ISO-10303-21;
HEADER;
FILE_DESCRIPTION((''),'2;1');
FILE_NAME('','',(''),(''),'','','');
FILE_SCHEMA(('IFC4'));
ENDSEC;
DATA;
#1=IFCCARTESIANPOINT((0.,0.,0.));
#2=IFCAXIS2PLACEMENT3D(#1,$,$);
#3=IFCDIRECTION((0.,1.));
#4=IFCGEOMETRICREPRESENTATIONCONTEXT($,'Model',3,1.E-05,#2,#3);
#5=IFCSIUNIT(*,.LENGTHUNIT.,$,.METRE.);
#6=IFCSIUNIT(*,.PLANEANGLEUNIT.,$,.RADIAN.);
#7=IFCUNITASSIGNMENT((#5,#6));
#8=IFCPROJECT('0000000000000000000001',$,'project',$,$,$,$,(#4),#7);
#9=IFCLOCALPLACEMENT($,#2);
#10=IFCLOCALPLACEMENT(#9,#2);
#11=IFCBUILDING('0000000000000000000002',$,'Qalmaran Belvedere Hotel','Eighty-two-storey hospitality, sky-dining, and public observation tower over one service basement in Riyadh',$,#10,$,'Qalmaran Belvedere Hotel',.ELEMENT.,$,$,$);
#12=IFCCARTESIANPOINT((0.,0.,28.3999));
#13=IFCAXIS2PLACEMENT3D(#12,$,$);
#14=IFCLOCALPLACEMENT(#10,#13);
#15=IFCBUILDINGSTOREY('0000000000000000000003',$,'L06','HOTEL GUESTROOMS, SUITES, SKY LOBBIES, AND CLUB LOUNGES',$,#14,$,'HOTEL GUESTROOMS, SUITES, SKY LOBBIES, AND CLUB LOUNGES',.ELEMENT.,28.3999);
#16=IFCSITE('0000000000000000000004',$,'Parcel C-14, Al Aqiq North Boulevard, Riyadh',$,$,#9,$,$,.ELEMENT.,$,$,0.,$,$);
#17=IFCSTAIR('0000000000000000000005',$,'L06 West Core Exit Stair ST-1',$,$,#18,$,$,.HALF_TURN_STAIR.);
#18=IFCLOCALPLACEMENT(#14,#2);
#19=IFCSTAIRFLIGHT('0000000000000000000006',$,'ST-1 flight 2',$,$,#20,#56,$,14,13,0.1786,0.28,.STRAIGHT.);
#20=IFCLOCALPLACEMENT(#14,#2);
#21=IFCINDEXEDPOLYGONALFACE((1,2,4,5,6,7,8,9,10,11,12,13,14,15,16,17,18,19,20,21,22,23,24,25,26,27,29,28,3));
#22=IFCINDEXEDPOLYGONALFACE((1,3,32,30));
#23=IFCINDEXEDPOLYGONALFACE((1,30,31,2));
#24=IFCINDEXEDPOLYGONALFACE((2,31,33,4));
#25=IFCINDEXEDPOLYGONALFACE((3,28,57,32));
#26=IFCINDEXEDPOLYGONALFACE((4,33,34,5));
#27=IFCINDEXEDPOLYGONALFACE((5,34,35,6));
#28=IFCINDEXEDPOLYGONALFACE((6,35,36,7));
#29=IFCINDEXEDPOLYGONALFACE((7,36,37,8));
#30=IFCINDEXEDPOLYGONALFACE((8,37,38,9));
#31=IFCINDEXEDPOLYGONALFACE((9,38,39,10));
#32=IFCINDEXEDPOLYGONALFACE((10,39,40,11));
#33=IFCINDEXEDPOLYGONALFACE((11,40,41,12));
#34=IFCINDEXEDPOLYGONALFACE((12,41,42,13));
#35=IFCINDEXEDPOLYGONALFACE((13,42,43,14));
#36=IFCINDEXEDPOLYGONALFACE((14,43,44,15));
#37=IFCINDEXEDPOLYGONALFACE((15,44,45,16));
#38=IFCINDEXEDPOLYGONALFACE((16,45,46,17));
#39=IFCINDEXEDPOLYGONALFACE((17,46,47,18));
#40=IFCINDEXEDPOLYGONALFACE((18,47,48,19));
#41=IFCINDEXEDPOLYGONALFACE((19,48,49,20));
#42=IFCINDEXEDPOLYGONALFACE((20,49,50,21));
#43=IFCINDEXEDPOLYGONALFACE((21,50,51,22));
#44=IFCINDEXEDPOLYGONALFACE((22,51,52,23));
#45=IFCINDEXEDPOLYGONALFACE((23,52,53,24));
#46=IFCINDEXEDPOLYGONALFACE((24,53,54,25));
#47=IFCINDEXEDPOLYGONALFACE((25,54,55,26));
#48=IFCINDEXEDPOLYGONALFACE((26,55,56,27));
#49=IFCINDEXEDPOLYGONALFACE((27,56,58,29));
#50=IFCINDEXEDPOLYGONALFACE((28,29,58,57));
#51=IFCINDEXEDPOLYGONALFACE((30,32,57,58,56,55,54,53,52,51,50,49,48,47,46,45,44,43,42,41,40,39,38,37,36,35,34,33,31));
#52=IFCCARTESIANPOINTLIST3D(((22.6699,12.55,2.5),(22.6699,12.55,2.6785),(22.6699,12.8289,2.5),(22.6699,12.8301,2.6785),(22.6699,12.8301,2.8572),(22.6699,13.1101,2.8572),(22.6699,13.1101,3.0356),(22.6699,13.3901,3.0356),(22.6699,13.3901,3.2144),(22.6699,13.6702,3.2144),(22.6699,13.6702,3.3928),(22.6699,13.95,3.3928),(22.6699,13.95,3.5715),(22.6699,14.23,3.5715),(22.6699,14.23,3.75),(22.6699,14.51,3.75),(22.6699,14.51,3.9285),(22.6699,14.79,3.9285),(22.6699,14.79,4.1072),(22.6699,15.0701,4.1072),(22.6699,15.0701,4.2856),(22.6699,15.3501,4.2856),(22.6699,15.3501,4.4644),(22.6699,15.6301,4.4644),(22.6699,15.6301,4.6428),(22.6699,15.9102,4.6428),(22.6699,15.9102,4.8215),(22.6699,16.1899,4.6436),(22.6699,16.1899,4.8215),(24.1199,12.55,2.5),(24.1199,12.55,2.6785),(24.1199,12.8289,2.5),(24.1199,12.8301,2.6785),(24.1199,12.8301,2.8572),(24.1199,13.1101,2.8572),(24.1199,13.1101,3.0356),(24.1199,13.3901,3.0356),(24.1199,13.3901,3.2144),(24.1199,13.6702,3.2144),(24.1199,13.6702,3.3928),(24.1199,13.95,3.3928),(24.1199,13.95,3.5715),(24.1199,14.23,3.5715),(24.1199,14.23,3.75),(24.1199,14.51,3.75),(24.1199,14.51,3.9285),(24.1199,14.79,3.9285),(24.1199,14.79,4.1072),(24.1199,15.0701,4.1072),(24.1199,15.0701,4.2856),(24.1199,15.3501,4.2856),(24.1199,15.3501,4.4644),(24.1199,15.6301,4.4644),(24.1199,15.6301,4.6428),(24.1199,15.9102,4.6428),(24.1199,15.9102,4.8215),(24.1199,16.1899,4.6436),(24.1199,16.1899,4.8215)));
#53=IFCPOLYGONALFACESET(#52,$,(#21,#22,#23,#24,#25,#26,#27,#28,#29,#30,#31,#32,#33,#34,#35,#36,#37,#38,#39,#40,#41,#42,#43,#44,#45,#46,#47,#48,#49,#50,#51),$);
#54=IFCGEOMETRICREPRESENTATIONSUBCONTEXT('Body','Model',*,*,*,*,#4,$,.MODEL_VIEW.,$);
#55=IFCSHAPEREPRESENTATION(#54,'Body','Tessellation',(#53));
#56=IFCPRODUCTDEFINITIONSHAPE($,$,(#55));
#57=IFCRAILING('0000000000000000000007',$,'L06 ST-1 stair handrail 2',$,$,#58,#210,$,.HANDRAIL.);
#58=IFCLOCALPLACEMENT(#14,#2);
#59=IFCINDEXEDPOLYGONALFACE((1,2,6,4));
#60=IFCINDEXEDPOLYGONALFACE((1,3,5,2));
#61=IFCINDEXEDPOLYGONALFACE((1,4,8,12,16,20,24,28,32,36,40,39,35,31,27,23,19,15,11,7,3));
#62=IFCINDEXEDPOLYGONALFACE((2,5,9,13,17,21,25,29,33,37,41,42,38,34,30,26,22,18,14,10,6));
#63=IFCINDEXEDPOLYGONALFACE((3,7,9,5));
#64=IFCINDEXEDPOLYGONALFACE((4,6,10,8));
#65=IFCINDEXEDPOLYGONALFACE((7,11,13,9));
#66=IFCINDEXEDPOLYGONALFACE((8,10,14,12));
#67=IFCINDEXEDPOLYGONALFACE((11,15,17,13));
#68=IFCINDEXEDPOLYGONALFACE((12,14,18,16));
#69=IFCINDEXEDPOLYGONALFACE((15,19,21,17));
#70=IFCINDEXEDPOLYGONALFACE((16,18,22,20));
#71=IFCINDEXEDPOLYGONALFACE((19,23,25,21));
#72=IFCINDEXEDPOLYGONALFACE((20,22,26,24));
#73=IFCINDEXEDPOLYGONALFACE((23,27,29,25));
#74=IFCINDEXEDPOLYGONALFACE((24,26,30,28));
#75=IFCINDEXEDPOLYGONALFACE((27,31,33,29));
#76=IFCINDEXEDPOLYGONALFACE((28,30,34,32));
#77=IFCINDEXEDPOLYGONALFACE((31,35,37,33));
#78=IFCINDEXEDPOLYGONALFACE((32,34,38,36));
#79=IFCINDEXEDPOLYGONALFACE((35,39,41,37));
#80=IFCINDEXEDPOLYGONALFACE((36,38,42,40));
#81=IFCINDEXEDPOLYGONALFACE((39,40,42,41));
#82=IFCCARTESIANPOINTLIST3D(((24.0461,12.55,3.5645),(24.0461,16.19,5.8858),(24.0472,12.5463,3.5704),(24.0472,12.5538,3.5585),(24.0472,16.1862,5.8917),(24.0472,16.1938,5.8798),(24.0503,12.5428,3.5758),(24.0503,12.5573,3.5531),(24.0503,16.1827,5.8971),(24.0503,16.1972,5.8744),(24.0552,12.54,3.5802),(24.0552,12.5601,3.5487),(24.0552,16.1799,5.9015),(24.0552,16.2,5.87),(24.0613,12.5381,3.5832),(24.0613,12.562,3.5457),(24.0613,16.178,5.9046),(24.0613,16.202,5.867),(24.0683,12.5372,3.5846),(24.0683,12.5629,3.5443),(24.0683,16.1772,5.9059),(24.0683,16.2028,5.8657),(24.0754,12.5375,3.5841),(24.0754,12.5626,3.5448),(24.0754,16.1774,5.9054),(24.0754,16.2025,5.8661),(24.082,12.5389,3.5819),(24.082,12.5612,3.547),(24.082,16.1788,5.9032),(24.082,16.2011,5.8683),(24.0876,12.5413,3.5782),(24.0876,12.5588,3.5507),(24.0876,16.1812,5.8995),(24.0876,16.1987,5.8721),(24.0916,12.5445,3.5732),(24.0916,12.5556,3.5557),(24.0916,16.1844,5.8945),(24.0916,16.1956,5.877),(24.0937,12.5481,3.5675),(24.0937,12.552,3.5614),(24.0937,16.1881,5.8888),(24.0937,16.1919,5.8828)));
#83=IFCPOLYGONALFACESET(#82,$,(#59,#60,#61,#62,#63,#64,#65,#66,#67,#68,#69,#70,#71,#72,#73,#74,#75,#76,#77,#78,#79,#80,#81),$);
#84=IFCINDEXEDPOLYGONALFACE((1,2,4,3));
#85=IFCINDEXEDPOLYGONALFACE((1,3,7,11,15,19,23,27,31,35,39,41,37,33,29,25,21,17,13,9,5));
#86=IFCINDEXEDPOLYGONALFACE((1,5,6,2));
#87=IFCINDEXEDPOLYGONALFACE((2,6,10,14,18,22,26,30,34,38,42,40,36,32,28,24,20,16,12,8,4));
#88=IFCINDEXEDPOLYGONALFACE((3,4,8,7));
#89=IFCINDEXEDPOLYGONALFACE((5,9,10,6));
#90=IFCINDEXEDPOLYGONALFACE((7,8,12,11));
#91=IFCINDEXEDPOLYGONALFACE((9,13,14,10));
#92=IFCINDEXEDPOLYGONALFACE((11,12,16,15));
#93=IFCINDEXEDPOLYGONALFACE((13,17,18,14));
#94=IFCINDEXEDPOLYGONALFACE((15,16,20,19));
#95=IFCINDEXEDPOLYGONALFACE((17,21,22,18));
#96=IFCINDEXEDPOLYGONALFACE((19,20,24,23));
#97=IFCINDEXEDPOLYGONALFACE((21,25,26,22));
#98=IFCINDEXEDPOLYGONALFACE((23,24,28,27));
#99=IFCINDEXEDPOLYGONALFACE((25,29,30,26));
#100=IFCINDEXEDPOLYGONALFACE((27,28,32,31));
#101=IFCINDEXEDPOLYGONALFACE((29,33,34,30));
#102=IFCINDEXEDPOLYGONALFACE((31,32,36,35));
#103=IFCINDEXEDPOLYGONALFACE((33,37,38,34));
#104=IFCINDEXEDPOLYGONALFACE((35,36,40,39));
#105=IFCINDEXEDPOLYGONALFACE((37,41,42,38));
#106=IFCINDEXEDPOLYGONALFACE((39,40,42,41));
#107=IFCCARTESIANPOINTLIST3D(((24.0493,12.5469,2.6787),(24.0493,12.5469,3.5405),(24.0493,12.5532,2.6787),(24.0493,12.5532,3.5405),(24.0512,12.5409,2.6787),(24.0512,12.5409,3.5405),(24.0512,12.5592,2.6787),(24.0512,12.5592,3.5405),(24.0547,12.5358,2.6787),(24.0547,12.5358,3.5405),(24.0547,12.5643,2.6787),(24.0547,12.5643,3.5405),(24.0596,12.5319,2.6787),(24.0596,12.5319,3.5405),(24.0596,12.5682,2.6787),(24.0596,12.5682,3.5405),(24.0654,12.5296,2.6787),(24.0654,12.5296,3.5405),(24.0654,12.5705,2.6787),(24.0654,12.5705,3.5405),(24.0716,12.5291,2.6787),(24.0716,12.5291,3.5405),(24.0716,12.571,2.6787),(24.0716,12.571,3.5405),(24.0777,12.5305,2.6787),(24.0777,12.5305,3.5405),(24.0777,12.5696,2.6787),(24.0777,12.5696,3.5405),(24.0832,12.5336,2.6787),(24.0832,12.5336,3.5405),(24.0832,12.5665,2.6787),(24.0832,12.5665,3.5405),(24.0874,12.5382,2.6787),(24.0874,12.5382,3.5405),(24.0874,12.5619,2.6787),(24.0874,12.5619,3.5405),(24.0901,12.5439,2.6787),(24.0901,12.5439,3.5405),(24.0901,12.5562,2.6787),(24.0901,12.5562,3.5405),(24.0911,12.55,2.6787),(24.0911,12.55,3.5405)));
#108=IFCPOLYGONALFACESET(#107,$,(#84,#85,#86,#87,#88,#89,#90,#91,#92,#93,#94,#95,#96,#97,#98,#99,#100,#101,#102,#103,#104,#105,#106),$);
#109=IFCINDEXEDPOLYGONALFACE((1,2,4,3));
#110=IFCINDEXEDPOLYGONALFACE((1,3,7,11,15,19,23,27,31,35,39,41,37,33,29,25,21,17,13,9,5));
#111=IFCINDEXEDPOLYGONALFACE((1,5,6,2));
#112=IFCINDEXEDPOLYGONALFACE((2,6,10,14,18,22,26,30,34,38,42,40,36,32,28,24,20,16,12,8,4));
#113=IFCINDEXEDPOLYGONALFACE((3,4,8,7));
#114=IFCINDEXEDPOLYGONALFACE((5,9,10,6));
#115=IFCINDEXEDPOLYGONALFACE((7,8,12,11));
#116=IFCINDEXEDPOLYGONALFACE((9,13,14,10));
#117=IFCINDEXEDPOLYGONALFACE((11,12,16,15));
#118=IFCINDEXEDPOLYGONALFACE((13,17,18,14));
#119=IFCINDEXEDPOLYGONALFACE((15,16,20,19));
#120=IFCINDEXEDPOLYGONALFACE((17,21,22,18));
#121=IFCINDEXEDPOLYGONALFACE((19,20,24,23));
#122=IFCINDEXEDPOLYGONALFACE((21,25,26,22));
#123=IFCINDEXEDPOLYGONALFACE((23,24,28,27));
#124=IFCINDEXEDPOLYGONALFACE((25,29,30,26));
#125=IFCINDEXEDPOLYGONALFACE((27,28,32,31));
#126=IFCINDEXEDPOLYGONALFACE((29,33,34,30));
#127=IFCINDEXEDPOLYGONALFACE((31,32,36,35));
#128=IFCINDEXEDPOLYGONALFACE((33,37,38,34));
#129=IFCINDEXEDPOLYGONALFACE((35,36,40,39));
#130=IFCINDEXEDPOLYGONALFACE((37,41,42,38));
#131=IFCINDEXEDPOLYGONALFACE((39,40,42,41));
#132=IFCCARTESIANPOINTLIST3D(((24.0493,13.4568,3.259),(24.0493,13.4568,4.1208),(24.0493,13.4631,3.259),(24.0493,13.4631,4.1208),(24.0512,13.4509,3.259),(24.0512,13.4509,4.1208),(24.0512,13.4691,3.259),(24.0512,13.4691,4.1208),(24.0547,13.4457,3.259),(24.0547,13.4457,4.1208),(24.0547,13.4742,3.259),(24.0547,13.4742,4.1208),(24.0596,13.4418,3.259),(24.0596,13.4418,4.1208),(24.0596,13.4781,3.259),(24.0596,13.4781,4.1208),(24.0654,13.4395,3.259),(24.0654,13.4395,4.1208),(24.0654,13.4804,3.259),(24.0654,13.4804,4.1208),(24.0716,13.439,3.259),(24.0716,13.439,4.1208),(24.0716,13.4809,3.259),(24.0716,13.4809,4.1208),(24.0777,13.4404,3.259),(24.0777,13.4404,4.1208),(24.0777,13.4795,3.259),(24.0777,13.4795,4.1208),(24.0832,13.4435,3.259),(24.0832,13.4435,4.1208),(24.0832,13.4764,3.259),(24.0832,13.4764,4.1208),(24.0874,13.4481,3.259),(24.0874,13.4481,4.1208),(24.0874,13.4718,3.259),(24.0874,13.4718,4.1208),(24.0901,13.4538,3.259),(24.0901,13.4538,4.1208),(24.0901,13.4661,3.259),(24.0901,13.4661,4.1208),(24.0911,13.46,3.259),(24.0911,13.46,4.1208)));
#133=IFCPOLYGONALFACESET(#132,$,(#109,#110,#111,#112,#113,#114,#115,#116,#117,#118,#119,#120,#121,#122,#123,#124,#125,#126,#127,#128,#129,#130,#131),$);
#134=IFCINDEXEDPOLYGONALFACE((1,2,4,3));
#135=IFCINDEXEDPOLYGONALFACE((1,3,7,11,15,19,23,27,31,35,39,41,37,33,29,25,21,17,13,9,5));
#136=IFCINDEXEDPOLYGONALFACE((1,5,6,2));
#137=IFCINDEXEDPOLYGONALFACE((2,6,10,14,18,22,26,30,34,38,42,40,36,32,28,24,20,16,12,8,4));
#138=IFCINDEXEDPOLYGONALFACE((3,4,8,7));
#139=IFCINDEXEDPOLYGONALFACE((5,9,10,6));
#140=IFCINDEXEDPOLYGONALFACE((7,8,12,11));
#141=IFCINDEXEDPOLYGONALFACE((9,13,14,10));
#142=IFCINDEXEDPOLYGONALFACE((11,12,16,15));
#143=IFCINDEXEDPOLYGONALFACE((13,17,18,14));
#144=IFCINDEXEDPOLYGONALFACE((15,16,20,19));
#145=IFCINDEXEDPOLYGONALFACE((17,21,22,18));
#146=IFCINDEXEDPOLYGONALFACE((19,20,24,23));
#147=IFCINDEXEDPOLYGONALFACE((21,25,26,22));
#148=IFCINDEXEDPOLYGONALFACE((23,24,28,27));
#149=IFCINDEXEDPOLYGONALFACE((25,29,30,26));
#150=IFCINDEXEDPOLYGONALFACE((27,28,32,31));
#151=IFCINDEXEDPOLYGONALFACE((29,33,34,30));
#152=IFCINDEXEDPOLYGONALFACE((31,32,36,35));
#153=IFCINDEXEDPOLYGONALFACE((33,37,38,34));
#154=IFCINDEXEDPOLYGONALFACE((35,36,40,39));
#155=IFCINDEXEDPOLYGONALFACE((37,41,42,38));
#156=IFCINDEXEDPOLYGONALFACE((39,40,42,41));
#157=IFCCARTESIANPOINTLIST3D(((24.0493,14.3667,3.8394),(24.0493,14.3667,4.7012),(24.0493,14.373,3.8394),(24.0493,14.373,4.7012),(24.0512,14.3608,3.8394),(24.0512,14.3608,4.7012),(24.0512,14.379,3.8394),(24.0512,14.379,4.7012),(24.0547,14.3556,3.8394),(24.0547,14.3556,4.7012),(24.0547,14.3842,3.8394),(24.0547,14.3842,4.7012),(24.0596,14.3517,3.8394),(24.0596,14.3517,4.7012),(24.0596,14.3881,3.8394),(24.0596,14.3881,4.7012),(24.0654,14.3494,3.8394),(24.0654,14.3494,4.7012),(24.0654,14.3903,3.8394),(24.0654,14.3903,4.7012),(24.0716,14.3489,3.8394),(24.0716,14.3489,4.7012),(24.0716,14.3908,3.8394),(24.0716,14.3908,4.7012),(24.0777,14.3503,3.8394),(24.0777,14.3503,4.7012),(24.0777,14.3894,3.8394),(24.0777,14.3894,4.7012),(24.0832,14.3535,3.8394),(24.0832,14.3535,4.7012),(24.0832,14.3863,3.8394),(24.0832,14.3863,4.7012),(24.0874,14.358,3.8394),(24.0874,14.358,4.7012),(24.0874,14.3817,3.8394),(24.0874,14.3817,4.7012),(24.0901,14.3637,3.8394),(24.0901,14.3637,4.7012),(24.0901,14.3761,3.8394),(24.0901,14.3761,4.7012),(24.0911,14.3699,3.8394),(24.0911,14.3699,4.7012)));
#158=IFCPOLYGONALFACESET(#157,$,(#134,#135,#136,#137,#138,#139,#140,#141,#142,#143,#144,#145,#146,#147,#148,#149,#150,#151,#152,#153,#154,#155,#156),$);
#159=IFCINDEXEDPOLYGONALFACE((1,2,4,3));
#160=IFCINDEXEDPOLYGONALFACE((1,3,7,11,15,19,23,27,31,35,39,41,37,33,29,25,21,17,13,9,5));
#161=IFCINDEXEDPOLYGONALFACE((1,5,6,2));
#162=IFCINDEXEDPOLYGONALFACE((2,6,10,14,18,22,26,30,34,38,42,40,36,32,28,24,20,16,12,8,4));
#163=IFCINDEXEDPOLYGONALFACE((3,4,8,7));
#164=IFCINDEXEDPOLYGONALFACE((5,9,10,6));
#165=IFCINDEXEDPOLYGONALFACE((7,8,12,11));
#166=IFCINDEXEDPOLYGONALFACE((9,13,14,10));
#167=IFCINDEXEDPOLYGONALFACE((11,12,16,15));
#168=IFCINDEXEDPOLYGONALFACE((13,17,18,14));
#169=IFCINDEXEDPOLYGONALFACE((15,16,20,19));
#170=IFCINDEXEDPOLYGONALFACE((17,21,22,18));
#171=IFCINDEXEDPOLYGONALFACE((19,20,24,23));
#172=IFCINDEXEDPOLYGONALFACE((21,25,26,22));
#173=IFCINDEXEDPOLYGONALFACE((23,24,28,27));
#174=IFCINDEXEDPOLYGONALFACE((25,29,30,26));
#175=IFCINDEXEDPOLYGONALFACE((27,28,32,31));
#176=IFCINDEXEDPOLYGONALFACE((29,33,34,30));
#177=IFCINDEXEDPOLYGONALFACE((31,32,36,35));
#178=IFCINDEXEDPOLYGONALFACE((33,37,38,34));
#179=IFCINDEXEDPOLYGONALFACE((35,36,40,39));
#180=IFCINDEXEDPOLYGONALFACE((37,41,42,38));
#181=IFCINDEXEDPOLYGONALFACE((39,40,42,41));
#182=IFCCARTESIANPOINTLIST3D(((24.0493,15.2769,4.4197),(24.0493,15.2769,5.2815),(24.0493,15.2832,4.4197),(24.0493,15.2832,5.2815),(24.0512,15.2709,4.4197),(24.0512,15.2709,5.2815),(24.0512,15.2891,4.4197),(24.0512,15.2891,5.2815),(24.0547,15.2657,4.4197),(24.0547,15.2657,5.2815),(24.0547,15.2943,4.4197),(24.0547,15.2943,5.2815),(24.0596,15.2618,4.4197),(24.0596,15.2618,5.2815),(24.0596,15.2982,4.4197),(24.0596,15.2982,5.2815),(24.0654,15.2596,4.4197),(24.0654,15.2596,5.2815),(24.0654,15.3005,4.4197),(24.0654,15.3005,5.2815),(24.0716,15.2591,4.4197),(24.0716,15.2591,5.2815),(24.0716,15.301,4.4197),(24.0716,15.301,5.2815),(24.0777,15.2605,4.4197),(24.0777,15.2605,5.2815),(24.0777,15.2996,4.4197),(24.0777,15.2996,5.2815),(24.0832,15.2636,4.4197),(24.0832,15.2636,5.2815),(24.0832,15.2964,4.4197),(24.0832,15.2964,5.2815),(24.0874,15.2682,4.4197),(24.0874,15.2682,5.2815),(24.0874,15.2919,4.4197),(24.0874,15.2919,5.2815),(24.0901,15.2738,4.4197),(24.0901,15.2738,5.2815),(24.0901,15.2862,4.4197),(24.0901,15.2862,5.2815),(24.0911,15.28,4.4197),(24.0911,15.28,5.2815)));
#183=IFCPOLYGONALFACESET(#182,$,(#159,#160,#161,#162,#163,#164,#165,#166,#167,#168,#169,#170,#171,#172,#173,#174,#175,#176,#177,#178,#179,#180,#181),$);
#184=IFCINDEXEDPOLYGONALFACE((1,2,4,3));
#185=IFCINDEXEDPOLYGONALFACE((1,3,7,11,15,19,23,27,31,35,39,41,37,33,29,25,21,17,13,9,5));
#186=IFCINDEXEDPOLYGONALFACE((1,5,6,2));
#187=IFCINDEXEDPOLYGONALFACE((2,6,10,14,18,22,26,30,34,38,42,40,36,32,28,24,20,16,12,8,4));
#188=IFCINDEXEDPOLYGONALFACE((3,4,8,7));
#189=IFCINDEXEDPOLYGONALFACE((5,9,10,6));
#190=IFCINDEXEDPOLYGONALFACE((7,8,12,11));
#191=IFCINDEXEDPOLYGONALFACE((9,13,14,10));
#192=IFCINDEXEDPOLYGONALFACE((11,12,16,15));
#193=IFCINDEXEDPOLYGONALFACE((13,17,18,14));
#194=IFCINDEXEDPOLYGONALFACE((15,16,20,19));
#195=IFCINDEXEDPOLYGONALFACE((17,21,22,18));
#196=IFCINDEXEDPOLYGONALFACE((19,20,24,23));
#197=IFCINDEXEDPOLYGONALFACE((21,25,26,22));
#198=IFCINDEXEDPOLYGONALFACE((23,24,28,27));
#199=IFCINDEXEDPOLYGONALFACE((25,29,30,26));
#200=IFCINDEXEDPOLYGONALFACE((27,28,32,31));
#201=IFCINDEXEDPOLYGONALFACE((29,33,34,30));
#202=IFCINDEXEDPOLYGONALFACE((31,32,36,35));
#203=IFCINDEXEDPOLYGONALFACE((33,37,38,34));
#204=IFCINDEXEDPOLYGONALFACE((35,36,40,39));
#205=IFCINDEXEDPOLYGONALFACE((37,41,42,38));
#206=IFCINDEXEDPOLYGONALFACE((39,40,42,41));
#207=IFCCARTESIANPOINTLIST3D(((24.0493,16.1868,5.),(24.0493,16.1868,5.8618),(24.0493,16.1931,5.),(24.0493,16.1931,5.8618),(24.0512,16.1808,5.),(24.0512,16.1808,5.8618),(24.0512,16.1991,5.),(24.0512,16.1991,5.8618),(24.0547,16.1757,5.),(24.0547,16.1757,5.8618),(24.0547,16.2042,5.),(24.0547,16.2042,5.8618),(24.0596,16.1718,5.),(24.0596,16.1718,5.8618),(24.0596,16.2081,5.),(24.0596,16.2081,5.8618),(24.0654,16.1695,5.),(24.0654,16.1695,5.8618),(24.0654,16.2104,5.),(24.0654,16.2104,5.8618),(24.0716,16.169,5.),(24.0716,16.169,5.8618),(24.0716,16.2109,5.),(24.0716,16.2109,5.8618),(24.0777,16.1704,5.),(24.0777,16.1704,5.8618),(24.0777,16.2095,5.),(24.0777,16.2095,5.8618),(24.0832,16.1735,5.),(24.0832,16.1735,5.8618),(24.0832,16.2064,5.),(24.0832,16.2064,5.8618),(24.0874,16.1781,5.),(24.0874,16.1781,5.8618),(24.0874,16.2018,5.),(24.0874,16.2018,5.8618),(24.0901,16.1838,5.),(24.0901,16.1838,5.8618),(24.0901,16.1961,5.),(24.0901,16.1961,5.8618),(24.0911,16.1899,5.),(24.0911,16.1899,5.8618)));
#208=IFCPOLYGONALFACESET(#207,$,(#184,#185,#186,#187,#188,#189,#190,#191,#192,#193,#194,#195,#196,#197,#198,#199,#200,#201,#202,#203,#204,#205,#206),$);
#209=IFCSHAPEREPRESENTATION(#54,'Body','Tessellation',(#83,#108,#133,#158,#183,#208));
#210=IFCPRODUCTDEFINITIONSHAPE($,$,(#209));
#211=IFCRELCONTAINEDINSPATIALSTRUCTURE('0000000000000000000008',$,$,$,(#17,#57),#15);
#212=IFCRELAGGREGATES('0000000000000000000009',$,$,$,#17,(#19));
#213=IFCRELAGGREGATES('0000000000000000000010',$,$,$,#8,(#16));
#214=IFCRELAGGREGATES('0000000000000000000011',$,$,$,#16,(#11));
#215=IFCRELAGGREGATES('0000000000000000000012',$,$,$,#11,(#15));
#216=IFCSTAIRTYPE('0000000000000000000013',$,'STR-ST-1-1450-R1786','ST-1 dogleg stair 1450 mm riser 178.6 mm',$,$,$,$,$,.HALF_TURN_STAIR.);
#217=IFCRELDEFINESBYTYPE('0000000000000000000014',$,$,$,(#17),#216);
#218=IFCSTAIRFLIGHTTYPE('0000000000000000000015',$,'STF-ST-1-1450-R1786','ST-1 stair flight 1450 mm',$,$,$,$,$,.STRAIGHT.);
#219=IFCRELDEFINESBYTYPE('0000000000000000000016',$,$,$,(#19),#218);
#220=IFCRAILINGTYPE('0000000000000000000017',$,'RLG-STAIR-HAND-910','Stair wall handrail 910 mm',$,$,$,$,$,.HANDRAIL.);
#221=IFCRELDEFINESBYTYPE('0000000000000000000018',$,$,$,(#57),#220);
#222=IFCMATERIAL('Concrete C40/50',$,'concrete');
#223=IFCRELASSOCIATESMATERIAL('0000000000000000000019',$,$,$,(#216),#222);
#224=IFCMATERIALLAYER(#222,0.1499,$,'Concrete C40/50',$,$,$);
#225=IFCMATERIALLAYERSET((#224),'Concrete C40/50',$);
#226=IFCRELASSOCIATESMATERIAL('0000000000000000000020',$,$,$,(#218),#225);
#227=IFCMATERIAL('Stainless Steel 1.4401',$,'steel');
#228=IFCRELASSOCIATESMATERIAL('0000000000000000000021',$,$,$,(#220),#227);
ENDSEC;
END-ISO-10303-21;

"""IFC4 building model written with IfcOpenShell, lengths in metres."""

from ifc_helpers import new_model, si_unit, direction, frame, origin, origin_2d, place, context, subcontext, project, spatial, polyline, circle, outline, extrude, material, layer, layer_set, type_object, element, aggregate, save


model = new_model("IFC4")

# Units and contexts
model_context = context("Model", 3, precision=1e-05, world=origin(), true_north=direction((0.0, 1.0)))
body_context = subcontext(model_context, "Body", "Model", "MODEL_VIEW")
ifc_project = project(units=[si_unit("LENGTHUNIT", "METRE"), si_unit("PLANEANGLEUNIT", "RADIAN")], contexts=[model_context])

# Site, building, storey
site_placement = place(None, origin())
site = spatial("IfcSite", under=ifc_project, at=site_placement, Name="Parcel C-14, Al Aqiq North Boulevard, Riyadh", CompositionType="ELEMENT", RefElevation=0.0)
building_placement = place(site_placement, origin())
building = spatial("IfcBuilding", under=site, at=building_placement, Name="Qalmaran Belvedere Hotel", Description="Eighty-two-storey hospitality, sky-dining, and public observation tower over one service basement in Riyadh", LongName="Qalmaran Belvedere Hotel", CompositionType="ELEMENT")
storey_placement = place(building_placement, frame((0.0, 0.0, 28.3999)))
storey = spatial("IfcBuildingStorey", under=building, at=storey_placement, Name="L06", Description="HOTEL GUESTROOMS, SUITES, SKY LOBBIES, AND CLUB LOUNGES", LongName="HOTEL GUESTROOMS, SUITES, SKY LOBBIES, AND CLUB LOUNGES", CompositionType="ELEMENT", Elevation=28.3999)

# Stair, stair flight
ifc_material_1 = material(Name="Concrete C40/50", Category="concrete")
stair_type = type_object("IfcStairType", Name="STR-ST-1-1450-R1786", Description="ST-1 dogleg stair 1450 mm riser 178.6 mm", PredefinedType="HALF_TURN_STAIR", material=ifc_material_1)
stair_placement = place(storey_placement, origin())
stair = element("IfcStair", 1, at=stair_placement, inside=storey, type_object=stair_type, Name="L06 West Core Exit Stair ST-1", PredefinedType="HALF_TURN_STAIR")
ifc_layer_1 = layer(ifc_material_1, 0.1499, Name="Concrete C40/50")
ifc_layer_set_1 = layer_set([ifc_layer_1], Name="Concrete C40/50")
stair_flight_type = type_object("IfcStairFlightType", Name="STF-ST-1-1450-R1786", Description="ST-1 stair flight 1450 mm", PredefinedType="STRAIGHT", material=ifc_layer_set_1)
stair_flight_placement = place(storey_placement, frame((23.395, 12.55, 2.5), z_axis=(0.0, 0.0, 1.0), x_axis=(0.0, 1.0, 0.0)))
stair_flight = element("IfcStairFlight", 2, at=stair_flight_placement, type_object=stair_flight_type, Name="ST-1 flight 2", NumberOfRisers=14, NumberOfTreads=13, PredefinedType="STRAIGHT", RiserHeight=0.1786, TreadLength=0.28, context=body_context, shape_type="SweptSolid", body=[
    extrude(outline(polyline([(0.0, 0.0), (0.0, 0.1785), (0.28, 0.1785), (0.28, 0.3572), (0.5601, 0.3572), (0.5601, 0.5356), (0.8401, 0.5356), (0.8401, 0.7144), (1.1201, 0.7144), (1.1201, 0.8928), (1.3999, 0.8928), (1.3999, 1.0715), (1.6799, 1.0715), (1.6799, 1.25), (1.96, 1.25), (1.96, 1.4285), (2.24, 1.4285), (2.24, 1.6072), (2.52, 1.6072), (2.52, 1.7856), (2.8, 1.7856), (2.8, 1.9644), (3.0801, 1.9644), (3.0801, 2.1428), (3.3601, 2.1428), (3.3601, 2.3215), (3.6399, 2.3215), (3.6399, 2.5), (3.6399, 2.1436), (0.2788, 0.0), (0.0, 0.0)])), frame((0.0, 0.7251, 0.0), z_axis=(0.0, -1.0, 0.0), x_axis=(1.0, 0.0, 0.0)), (0.0, 0.0, 1.0), 1.45),
])
aggregate(stair, [stair_flight])

# Railing
ifc_material_2 = material(Name="Stainless Steel 1.4401", Category="steel")
railing_type = type_object("IfcRailingType", Name="RLG-STAIR-HAND-910", Description="Stair wall handrail 910 mm", PredefinedType="HANDRAIL", material=ifc_material_2)
railing_placement = place(storey_placement, frame((24.0701, 12.55, 2.6787)))
element("IfcRailing", 3, at=railing_placement, inside=storey, type_object=railing_type, Name="L06 ST-1 stair handrail 2", PredefinedType="HANDRAIL", context=body_context, shape_type="SweptSolid", body=[
    extrude(circle(Radius=0.0239, at=origin_2d()), frame((0.0, 0.0, 0.8857), z_axis=(0.0, 0.843137, 0.537699), x_axis=(-1.0, 0.0, 0.0)), (0.0, 0.0, 1.0), 4.3171),
    extrude(circle(Radius=0.021, at=origin_2d()), origin(), (0.0, 0.0, 1.0), 0.8618),
    extrude(circle(Radius=0.021, at=origin_2d()), frame((0.0, 0.9099, 0.5803)), (0.0, 0.0, 1.0), 0.8618),
    extrude(circle(Radius=0.021, at=origin_2d()), frame((0.0, 1.8198, 1.1606)), (0.0, 0.0, 1.0), 0.8618),
    extrude(circle(Radius=0.021, at=origin_2d()), frame((0.0, 2.73, 1.741)), (0.0, 0.0, 1.0), 0.8618),
    extrude(circle(Radius=0.021, at=origin_2d()), frame((0.0, 3.6399, 2.3213)), (0.0, 0.0, 1.0), 0.8618),
])

save(model, "model.ifc")
